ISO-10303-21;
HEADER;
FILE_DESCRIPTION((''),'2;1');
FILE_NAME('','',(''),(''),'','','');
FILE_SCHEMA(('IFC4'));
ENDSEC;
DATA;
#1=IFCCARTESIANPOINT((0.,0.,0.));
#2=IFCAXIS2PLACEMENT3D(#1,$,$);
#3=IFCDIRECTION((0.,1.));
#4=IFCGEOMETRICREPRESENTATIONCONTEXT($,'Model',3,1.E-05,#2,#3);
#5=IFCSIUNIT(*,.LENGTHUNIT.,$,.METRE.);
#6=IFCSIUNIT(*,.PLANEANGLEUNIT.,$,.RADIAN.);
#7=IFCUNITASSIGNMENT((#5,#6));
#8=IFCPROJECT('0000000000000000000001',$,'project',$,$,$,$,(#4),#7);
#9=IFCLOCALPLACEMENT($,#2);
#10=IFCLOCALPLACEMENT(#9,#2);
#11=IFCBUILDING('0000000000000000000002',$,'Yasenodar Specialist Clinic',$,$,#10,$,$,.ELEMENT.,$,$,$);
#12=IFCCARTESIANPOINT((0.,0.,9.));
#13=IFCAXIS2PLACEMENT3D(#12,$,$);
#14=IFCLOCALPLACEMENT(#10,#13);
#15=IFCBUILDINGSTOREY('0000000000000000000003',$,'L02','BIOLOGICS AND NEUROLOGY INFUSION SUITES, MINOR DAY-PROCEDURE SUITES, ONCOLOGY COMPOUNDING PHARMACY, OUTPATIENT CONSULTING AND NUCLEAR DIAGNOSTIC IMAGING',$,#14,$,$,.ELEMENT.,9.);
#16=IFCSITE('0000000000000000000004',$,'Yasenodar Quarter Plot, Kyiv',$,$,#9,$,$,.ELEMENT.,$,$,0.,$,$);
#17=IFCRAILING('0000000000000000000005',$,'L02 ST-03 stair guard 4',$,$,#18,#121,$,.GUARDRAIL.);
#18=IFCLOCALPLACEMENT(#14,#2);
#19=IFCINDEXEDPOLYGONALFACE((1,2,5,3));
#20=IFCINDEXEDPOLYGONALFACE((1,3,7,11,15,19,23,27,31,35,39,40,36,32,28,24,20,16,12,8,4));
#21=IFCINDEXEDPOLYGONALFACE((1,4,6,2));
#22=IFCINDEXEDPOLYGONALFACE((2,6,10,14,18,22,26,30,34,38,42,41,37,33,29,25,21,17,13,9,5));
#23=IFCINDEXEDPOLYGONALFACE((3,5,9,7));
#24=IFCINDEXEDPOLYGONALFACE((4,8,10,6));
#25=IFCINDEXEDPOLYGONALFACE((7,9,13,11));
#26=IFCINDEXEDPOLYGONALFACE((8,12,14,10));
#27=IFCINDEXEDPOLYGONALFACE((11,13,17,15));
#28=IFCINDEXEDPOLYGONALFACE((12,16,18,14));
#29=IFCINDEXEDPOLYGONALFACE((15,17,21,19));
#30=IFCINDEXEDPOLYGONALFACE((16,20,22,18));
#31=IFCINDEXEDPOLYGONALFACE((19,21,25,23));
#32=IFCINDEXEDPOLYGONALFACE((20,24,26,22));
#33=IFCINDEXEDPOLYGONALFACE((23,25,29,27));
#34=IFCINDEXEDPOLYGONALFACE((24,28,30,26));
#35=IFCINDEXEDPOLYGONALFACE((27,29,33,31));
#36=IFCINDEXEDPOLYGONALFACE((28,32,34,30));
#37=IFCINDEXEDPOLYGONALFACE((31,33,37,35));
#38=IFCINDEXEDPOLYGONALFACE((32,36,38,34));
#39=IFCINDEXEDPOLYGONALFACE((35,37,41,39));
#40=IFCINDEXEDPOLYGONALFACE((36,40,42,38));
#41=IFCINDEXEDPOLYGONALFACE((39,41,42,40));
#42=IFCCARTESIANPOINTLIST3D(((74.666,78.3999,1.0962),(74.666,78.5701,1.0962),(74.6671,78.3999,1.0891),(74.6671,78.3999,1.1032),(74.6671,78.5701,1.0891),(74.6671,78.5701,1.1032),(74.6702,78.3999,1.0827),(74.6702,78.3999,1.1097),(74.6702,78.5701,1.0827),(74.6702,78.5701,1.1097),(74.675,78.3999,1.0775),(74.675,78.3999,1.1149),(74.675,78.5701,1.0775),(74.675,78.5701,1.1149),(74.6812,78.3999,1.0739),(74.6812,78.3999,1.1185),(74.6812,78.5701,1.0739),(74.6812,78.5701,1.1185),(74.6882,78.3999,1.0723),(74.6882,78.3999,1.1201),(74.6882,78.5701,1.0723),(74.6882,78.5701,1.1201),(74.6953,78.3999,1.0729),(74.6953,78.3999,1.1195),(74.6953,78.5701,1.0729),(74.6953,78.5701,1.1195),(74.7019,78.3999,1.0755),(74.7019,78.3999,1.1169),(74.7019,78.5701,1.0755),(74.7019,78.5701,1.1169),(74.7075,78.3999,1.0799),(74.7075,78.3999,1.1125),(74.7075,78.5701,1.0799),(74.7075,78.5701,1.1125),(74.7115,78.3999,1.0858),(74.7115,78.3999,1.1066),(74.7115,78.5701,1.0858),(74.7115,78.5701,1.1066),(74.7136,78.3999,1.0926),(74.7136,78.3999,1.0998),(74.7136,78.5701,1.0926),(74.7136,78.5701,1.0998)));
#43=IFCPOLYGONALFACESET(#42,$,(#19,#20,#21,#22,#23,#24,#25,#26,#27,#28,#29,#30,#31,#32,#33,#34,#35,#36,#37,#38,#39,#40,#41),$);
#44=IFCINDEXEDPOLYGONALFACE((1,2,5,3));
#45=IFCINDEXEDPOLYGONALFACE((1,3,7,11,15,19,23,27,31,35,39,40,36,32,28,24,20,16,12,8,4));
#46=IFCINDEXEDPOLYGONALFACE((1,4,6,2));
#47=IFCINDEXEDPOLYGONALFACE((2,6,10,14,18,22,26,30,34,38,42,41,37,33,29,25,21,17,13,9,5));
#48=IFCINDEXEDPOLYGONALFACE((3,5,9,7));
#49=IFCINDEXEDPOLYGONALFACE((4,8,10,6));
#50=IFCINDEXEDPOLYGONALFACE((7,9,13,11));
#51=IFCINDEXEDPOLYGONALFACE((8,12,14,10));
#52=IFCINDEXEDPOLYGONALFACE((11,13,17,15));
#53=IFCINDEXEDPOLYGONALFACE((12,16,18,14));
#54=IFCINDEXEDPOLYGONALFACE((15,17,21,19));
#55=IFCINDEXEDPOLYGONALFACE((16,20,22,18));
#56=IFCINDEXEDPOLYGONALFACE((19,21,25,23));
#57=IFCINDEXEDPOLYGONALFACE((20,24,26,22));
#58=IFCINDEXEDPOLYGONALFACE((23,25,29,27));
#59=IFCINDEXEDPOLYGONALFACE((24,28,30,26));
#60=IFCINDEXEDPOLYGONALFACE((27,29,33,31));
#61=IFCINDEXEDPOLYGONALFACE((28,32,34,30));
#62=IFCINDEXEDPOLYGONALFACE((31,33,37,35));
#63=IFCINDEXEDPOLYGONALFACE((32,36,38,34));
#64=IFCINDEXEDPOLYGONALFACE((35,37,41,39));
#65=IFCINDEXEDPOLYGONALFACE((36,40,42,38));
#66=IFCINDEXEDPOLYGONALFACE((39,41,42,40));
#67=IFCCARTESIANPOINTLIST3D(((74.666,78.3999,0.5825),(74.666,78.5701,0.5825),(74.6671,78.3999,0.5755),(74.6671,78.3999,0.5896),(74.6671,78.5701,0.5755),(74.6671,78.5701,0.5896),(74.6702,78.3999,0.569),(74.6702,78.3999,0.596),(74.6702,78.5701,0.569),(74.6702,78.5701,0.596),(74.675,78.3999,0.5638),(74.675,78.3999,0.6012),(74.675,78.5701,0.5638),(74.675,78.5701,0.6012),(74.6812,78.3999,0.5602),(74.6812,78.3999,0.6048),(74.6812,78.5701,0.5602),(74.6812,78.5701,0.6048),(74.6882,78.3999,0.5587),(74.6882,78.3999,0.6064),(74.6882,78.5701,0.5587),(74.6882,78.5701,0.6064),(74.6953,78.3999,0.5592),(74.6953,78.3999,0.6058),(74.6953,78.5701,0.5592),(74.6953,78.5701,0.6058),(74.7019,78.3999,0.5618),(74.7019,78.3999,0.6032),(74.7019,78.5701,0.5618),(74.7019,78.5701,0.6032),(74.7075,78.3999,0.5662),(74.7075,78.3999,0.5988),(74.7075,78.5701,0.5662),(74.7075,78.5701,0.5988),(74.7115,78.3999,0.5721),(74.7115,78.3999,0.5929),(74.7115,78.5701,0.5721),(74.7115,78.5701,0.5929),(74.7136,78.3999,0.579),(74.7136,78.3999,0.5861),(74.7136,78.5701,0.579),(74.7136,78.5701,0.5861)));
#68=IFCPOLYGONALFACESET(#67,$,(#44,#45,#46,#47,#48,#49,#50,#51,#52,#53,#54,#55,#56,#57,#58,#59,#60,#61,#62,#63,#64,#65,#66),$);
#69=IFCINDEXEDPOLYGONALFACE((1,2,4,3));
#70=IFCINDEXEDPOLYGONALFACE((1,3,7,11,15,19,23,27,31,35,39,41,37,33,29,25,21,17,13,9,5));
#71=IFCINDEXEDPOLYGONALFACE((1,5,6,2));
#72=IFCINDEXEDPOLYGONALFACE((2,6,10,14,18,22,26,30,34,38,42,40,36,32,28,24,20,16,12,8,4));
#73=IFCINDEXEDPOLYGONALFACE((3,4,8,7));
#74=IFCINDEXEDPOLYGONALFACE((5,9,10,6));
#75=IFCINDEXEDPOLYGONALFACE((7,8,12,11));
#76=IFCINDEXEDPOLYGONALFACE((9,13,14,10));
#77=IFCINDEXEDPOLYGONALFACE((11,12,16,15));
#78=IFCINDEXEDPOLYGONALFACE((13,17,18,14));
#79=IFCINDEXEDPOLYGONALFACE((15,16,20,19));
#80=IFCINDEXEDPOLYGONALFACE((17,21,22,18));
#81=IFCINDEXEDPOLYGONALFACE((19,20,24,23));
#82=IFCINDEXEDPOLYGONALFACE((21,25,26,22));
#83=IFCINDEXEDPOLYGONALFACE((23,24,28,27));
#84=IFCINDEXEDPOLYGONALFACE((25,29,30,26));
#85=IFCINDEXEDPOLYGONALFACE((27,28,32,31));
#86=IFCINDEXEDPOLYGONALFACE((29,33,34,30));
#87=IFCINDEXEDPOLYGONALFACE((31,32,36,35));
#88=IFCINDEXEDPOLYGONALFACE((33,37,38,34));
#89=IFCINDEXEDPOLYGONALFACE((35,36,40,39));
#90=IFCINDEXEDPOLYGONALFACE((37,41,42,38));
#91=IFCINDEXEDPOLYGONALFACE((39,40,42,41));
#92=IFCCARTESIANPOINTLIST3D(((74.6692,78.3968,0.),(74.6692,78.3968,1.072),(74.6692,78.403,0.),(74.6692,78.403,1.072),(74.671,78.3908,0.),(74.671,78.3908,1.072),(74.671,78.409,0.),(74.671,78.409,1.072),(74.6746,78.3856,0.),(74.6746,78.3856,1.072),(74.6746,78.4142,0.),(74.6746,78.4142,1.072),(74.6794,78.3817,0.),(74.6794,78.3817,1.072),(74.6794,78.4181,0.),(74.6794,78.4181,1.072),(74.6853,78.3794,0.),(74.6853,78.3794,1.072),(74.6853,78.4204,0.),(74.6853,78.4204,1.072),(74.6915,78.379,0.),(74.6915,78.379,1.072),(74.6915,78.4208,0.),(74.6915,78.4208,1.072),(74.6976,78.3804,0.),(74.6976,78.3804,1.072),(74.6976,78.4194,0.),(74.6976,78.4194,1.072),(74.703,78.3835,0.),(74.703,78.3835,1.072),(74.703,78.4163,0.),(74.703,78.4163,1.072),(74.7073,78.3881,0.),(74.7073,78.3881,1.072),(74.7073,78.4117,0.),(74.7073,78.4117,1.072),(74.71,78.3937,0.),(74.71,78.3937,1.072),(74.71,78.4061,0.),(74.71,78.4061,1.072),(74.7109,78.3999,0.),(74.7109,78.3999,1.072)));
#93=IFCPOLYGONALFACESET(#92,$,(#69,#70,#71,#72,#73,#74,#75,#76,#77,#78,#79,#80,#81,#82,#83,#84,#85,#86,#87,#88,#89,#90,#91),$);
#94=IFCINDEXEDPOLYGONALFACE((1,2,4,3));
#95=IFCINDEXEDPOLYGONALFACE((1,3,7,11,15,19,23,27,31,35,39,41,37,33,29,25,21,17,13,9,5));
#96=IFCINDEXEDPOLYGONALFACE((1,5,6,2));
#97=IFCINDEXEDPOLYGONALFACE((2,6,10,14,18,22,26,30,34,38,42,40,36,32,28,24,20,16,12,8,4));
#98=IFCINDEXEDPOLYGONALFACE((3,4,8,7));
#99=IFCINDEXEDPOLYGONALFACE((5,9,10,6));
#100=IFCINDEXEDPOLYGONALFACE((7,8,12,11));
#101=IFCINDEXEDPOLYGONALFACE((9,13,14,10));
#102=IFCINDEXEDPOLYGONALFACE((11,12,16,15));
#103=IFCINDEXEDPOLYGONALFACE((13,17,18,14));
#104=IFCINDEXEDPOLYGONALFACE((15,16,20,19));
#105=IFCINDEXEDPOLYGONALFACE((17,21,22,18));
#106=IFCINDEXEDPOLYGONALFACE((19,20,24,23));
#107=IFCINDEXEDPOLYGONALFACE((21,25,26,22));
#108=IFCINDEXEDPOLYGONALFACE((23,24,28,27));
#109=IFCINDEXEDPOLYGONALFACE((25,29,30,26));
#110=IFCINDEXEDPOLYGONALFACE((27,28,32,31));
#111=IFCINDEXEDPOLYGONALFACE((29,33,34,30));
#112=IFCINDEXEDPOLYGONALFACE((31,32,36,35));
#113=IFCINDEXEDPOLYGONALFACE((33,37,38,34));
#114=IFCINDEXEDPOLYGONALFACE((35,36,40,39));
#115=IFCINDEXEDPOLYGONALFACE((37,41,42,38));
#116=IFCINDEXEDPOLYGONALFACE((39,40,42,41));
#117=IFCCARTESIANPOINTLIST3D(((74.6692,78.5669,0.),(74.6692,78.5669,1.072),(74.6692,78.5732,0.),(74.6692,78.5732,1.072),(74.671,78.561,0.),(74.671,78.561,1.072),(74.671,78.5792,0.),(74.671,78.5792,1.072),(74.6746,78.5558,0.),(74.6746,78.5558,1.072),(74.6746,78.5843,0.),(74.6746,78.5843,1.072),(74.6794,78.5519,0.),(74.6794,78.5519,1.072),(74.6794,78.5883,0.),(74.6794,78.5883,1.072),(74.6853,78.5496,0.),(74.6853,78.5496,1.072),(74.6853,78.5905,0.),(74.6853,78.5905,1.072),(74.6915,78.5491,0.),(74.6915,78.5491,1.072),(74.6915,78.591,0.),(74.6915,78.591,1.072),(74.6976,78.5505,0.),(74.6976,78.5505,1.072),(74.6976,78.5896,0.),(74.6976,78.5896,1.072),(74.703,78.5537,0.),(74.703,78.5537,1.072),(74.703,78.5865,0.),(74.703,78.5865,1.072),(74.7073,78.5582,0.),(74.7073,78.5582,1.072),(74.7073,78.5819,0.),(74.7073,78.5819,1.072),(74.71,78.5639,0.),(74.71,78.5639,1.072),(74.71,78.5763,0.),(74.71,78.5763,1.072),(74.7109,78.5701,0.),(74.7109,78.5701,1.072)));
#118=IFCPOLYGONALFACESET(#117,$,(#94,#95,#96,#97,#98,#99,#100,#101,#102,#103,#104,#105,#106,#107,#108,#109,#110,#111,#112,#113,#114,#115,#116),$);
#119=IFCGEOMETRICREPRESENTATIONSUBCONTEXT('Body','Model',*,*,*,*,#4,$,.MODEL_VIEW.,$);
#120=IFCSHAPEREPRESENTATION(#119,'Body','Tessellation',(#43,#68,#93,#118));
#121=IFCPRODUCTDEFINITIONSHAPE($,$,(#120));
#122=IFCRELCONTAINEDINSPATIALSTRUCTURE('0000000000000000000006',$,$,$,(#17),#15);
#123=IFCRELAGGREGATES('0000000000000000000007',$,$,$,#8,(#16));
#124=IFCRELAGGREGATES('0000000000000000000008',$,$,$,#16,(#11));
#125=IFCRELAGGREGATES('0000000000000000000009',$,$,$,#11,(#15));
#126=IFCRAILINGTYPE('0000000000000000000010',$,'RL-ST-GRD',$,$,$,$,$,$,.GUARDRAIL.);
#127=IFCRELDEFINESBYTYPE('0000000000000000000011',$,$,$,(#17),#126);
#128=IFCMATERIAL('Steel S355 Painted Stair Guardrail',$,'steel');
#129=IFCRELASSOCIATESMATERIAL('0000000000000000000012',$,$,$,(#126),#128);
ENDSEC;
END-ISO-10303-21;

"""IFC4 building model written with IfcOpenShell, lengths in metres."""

from ifc_helpers import new_model, si_unit, direction, frame, origin, origin_2d, place, context, subcontext, project, spatial, circle, extrude, material, type_object, element, save


model = new_model("IFC4")

# Units and contexts
model_context = context("Model", 3, precision=1e-05, world=origin(), true_north=direction((0.0, 1.0)))
body_context = subcontext(model_context, "Body", "Model", "MODEL_VIEW")
ifc_project = project(units=[si_unit("LENGTHUNIT", "METRE"), si_unit("PLANEANGLEUNIT", "RADIAN")], contexts=[model_context])

# Site, building, storey
site_placement = place(None, origin())
site = spatial("IfcSite", under=ifc_project, at=site_placement, Name="Yasenodar Quarter Plot, Kyiv", CompositionType="ELEMENT", RefElevation=0.0)
building_placement = place(site_placement, origin())
building = spatial("IfcBuilding", under=site, at=building_placement, Name="Yasenodar Specialist Clinic", CompositionType="ELEMENT")
storey_placement = place(building_placement, frame((0.0, 0.0, 9.0)))
storey = spatial("IfcBuildingStorey", under=building, at=storey_placement, Name="L02", Description="BIOLOGICS AND NEUROLOGY INFUSION SUITES, MINOR DAY-PROCEDURE SUITES, ONCOLOGY COMPOUNDING PHARMACY, OUTPATIENT CONSULTING AND NUCLEAR DIAGNOSTIC IMAGING", CompositionType="ELEMENT", Elevation=9.0)

# Railing
ifc_material_1 = material(Name="Steel S355 Painted Stair Guardrail", Category="steel")
railing_type_1 = type_object("IfcRailingType", Name="RL-ST-GRD", PredefinedType="GUARDRAIL", material=ifc_material_1)
railing_1_placement = place(storey_placement, frame((74.6899, 78.3999, 0.0)))
element("IfcRailing", 1, at=railing_1_placement, inside=storey, type_object=railing_type_1, Name="L02 ST-03 stair guard 4", PredefinedType="GUARDRAIL", context=body_context, shape_type="SweptSolid", body=[
    extrude(circle(Radius=0.0239, at=origin_2d()), frame((0.0, 0.0, 1.0962), z_axis=(0.0, 1.0, 0.0), x_axis=(-1.0, 0.0, 0.0)), (0.0, 0.0, 1.0), 0.1702),
    extrude(circle(Radius=0.0239, at=origin_2d()), frame((0.0, 0.0, 0.5825), z_axis=(0.0, 1.0, 0.0), x_axis=(-1.0, 0.0, 0.0)), (0.0, 0.0, 1.0), 0.1702),
    extrude(circle(Radius=0.021, at=origin_2d()), origin(), (0.0, 0.0, 1.0), 1.072),
    extrude(circle(Radius=0.021, at=origin_2d()), frame((0.0, 0.1702, 0.0)), (0.0, 0.0, 1.0), 1.072),
])

save(model, "model.ifc")
